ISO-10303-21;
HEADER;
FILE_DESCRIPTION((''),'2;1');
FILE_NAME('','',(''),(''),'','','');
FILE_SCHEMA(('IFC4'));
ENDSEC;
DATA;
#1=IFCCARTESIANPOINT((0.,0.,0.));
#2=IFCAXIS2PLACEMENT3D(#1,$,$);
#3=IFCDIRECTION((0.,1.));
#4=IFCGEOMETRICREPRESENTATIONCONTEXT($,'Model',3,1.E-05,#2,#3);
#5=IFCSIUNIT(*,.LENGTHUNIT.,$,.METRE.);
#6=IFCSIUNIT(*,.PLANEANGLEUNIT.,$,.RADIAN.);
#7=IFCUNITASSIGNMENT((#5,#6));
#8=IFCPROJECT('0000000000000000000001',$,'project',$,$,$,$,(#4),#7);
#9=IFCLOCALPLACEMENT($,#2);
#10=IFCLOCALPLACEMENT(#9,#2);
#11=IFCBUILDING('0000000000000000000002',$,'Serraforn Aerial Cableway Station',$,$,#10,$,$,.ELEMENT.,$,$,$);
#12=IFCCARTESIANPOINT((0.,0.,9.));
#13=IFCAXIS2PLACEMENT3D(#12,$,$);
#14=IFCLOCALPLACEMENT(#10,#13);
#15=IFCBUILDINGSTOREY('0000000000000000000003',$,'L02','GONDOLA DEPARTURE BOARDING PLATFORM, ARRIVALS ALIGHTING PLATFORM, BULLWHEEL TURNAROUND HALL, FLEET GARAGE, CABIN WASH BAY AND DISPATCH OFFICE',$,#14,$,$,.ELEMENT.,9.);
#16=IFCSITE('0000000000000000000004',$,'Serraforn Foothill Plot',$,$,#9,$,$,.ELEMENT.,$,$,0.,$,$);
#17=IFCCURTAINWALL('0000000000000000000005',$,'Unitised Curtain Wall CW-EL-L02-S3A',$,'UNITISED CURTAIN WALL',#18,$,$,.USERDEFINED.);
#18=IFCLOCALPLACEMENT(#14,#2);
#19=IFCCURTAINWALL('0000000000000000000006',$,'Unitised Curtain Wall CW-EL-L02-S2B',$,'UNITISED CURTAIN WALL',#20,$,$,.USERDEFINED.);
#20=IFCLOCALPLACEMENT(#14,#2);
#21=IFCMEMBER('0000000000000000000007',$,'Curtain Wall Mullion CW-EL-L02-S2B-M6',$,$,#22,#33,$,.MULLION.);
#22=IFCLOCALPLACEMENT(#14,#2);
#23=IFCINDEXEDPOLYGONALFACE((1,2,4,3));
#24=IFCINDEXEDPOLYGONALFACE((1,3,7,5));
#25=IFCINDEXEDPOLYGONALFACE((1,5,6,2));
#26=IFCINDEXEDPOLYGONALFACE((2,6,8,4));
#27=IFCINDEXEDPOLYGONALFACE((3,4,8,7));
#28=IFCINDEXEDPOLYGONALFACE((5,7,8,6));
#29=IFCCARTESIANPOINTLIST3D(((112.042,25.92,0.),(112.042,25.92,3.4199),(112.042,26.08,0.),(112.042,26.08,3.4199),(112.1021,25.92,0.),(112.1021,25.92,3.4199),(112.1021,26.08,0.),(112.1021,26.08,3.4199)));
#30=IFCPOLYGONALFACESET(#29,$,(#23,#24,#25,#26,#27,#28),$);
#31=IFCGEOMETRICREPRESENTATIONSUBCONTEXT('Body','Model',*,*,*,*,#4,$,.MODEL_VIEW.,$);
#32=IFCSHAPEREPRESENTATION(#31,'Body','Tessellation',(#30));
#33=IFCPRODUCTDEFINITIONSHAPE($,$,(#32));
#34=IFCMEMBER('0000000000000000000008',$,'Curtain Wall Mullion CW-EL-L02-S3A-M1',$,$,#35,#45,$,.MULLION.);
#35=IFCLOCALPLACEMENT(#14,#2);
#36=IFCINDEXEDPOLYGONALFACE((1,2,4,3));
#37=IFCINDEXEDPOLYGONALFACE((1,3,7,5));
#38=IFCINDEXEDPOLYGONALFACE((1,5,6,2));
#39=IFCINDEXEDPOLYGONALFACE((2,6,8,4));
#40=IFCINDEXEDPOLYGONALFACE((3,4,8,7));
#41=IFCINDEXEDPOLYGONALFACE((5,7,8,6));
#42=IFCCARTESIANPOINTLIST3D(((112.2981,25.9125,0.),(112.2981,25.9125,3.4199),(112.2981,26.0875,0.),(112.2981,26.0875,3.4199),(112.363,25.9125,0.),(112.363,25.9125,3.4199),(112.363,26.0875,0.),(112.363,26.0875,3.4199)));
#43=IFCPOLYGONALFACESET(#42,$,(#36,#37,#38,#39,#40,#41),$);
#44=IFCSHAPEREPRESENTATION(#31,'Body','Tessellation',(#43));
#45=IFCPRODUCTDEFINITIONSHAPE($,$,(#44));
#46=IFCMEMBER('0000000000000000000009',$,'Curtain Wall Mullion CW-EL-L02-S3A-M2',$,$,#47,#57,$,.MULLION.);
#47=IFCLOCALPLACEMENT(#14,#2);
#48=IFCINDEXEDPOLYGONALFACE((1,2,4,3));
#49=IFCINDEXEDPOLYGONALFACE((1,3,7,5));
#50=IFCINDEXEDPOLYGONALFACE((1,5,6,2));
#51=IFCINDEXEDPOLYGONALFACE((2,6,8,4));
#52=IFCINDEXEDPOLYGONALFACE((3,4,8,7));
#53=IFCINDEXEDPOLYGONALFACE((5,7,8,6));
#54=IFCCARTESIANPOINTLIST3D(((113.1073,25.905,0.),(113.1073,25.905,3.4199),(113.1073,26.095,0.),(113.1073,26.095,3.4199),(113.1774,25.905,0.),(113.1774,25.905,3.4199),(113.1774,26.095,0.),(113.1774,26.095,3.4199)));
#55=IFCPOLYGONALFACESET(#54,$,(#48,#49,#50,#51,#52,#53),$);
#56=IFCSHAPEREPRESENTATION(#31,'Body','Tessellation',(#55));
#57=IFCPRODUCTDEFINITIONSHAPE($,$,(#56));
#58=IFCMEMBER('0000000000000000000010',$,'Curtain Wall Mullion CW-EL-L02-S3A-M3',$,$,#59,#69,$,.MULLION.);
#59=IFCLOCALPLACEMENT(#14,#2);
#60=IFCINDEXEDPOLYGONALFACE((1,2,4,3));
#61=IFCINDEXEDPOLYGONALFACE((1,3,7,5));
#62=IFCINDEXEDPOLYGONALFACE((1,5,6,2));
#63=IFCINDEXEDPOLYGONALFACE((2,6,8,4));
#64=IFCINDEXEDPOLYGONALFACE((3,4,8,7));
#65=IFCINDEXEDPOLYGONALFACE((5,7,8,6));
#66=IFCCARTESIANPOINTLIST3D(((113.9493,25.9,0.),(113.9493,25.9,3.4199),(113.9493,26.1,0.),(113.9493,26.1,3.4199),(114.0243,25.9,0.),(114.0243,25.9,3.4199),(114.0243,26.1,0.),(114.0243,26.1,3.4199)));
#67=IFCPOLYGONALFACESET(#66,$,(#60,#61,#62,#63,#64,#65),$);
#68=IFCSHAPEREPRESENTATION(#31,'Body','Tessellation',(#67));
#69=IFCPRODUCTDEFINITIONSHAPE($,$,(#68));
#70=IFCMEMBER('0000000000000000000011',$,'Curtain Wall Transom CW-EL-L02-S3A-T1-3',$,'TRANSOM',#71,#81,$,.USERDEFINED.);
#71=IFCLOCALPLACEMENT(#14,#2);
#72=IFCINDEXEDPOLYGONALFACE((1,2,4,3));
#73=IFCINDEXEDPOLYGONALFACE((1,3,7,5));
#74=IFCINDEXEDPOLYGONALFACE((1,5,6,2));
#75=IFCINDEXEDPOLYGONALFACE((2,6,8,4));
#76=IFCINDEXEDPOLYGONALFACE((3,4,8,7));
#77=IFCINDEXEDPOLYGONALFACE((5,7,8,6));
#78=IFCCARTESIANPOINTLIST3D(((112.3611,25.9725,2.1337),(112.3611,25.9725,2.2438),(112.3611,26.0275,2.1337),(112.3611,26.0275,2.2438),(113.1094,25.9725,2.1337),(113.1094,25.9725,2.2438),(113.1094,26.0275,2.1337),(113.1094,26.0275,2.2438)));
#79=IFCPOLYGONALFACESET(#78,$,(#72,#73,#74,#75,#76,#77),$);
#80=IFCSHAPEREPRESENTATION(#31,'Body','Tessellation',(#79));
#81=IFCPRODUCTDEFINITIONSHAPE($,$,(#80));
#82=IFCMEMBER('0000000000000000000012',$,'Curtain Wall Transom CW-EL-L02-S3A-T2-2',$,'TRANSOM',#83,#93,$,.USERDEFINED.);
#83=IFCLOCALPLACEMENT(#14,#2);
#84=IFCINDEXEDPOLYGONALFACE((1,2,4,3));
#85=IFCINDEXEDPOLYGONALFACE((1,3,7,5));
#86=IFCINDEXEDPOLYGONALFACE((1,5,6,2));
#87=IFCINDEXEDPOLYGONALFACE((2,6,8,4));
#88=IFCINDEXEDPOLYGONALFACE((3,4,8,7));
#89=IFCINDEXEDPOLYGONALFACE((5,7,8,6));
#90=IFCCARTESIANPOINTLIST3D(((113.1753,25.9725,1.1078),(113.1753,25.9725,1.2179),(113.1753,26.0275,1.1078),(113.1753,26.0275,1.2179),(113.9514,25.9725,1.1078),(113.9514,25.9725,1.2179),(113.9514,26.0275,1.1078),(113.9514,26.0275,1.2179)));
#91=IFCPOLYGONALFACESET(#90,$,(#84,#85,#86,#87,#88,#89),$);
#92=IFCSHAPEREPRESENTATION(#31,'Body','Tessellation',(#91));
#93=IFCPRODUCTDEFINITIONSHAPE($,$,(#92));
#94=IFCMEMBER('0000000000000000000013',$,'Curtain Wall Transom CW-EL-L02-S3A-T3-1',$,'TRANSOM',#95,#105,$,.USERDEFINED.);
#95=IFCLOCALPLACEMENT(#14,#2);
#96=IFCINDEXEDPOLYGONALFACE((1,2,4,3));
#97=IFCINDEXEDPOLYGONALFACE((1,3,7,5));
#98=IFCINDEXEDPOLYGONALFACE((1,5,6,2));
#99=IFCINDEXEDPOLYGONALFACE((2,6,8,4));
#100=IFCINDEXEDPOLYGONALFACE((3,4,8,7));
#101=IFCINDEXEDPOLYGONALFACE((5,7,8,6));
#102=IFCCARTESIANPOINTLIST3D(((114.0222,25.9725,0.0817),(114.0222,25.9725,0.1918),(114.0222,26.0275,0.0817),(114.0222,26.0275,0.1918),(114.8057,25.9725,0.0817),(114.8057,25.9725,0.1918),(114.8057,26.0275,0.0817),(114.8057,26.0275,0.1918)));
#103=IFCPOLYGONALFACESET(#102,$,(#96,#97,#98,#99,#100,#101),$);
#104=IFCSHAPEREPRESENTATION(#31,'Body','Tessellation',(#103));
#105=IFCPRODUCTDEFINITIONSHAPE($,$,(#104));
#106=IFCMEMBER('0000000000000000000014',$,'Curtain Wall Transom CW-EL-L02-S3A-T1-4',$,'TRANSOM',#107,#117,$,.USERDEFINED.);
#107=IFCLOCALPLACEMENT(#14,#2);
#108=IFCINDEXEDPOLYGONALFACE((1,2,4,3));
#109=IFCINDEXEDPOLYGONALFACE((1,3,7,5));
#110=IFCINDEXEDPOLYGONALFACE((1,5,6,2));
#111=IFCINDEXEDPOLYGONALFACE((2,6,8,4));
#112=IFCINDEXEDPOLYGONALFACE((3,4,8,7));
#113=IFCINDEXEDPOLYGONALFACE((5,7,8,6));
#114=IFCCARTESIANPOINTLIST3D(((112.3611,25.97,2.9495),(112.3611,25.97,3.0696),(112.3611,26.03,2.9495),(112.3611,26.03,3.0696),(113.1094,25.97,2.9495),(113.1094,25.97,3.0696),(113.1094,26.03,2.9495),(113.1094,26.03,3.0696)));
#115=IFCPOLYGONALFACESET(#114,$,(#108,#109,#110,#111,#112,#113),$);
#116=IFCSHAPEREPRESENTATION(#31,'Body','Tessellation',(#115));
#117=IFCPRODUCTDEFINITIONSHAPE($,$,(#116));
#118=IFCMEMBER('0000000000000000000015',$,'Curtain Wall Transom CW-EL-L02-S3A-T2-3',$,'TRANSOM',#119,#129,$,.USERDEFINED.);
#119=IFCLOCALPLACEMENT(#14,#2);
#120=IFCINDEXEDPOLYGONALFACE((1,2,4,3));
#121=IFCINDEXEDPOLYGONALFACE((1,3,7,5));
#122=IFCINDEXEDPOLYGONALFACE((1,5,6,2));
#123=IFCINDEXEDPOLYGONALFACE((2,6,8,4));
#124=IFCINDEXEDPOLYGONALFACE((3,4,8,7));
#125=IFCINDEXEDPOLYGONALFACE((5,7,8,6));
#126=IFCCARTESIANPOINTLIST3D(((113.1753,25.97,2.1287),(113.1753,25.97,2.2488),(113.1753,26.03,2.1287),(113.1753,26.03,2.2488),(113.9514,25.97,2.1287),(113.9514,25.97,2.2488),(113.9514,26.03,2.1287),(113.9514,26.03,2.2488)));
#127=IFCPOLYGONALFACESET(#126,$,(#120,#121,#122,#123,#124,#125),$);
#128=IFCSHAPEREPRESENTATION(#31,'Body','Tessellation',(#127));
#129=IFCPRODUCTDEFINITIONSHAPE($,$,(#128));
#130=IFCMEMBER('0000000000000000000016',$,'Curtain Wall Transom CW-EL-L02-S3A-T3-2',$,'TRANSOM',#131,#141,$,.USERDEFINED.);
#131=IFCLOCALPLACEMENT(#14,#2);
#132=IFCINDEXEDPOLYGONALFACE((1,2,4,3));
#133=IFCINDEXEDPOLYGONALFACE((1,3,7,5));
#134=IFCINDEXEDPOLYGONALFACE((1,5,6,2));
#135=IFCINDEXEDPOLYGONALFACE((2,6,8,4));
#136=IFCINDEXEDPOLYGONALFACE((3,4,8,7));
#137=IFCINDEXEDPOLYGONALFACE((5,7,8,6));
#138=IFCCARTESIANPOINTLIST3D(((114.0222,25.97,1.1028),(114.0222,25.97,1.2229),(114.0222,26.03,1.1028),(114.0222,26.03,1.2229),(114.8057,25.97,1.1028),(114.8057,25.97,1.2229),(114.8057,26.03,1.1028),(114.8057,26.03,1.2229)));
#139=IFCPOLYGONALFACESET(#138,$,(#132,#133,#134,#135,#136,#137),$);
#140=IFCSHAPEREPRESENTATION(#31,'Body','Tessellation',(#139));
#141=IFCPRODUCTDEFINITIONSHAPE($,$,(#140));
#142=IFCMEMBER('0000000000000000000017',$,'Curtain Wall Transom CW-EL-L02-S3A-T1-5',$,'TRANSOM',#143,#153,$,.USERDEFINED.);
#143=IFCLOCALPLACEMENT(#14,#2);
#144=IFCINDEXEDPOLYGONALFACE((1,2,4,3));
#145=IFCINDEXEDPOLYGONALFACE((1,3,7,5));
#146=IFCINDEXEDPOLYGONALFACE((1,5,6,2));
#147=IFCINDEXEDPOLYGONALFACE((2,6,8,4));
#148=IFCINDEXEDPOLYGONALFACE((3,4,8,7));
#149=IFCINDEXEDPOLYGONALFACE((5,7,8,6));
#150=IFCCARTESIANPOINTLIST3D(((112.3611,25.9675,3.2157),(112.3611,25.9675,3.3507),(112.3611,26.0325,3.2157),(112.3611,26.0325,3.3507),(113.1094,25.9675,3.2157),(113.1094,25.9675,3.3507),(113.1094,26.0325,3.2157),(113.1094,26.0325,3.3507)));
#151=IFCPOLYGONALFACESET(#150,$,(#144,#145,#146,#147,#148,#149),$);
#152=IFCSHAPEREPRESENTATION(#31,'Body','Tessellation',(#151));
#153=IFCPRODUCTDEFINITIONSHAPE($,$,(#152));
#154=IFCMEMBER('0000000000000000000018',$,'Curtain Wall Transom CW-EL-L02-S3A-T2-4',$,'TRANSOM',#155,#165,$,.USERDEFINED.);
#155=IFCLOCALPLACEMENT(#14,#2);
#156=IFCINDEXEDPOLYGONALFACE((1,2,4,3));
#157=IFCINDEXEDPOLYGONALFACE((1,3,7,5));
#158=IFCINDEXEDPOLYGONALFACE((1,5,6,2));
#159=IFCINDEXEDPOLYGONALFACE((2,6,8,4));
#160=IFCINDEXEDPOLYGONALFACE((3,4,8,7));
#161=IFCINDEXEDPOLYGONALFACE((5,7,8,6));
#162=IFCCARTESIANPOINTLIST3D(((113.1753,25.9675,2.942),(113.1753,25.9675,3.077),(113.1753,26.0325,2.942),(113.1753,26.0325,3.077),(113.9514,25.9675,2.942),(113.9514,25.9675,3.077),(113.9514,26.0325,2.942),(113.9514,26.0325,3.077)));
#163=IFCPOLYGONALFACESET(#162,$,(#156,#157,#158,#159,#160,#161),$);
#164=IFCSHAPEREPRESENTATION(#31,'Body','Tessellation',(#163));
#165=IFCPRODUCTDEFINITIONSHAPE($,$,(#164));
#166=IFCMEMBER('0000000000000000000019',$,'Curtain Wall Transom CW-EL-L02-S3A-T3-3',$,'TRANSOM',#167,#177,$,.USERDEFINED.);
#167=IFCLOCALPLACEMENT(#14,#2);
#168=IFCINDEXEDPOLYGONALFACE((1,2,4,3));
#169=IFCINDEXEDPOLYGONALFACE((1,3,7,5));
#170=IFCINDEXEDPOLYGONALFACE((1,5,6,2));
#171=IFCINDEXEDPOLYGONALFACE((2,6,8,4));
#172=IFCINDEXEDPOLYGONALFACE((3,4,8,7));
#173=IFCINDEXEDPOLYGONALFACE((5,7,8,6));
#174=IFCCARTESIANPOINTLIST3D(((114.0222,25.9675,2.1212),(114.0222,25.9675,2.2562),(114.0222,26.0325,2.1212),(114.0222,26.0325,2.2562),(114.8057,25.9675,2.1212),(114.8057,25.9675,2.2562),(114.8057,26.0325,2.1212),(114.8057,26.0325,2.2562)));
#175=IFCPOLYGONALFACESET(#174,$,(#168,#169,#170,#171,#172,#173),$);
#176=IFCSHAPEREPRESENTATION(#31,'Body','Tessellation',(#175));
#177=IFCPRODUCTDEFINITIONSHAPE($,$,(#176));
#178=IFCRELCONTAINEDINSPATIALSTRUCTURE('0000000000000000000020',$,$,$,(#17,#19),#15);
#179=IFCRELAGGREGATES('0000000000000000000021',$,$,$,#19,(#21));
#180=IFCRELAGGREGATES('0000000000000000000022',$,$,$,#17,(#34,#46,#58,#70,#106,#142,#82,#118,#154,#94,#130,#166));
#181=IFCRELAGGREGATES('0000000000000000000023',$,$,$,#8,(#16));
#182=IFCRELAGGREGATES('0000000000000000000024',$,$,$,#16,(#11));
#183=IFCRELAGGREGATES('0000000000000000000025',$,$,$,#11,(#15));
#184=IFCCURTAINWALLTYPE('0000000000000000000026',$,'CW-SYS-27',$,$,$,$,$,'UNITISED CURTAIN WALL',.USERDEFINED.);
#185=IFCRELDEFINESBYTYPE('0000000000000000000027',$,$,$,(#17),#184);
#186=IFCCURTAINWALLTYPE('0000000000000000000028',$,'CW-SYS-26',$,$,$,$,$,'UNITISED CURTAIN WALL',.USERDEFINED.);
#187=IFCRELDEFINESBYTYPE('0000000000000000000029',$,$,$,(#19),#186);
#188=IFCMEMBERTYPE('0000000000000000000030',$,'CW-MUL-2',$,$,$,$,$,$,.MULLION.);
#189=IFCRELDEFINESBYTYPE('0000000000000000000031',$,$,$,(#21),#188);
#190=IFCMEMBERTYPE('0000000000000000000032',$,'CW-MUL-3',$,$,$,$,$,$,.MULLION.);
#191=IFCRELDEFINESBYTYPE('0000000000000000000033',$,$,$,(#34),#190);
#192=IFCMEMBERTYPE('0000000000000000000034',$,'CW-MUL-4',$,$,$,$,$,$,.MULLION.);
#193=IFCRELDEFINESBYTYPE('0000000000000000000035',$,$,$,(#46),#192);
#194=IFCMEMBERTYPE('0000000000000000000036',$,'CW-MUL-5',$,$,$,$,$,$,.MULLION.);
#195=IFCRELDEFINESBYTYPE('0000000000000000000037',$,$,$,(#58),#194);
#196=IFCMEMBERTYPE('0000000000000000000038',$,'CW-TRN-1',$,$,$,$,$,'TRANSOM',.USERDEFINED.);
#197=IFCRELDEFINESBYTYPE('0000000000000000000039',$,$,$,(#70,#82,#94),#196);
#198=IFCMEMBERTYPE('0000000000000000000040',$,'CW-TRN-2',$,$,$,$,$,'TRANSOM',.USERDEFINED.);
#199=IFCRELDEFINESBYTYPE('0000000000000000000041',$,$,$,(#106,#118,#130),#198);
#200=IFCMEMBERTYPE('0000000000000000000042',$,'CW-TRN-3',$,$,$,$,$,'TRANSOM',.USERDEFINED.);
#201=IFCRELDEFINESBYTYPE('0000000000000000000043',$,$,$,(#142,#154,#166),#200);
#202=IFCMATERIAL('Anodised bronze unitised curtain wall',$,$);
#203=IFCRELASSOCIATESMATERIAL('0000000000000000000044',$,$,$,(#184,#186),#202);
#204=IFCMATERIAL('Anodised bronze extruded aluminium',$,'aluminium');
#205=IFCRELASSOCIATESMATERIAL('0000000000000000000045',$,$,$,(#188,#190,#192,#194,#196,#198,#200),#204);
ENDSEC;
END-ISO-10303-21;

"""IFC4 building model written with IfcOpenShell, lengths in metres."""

from ifc_helpers import new_model, si_unit, direction, frame, origin, origin_2d, place, context, subcontext, project, spatial, rectangle, extrude, material, material_profile, profile_set, type_object, element, aggregate, save


model = new_model("IFC4")

# Units and contexts
model_context = context("Model", 3, precision=1e-05, world=origin(), true_north=direction((0.0, 1.0)))
body_context = subcontext(model_context, "Body", "Model", "MODEL_VIEW")
ifc_project = project(units=[si_unit("LENGTHUNIT", "METRE"), si_unit("PLANEANGLEUNIT", "RADIAN")], contexts=[model_context])

# Site, building, storey
site_placement = place(None, origin())
site = spatial("IfcSite", under=ifc_project, at=site_placement, Name="Serraforn Foothill Plot", CompositionType="ELEMENT", RefElevation=0.0)
building_placement = place(site_placement, origin())
building = spatial("IfcBuilding", under=site, at=building_placement, Name="Serraforn Aerial Cableway Station", CompositionType="ELEMENT")
storey_placement = place(building_placement, frame((0.0, 0.0, 9.0)))
storey = spatial("IfcBuildingStorey", under=building, at=storey_placement, Name="L02", Description="GONDOLA DEPARTURE BOARDING PLATFORM, ARRIVALS ALIGHTING PLATFORM, BULLWHEEL TURNAROUND HALL, FLEET GARAGE, CABIN WASH BAY AND DISPATCH OFFICE", CompositionType="ELEMENT", Elevation=9.0)

# Curtain walls, member
ifc_material_1 = material(Name="Anodised bronze unitised curtain wall")
curtain_wall_type_1 = type_object("IfcCurtainWallType", Name="CW-SYS-27", ElementType="UNITISED CURTAIN WALL", PredefinedType="USERDEFINED", material=ifc_material_1)
curtain_wall_1_placement = place(storey_placement, origin())
curtain_wall_1 = element("IfcCurtainWall", 1, at=curtain_wall_1_placement, inside=storey, type_object=curtain_wall_type_1, Name="Unitised Curtain Wall CW-EL-L02-S3A", ObjectType="UNITISED CURTAIN WALL", PredefinedType="USERDEFINED")
ifc_material_2 = material(Name="Anodised bronze extruded aluminium", Category="aluminium")
curtain_wall_type_2 = type_object("IfcCurtainWallType", Name="CW-SYS-26", ElementType="UNITISED CURTAIN WALL", PredefinedType="USERDEFINED", material=ifc_material_1)
curtain_wall_2_placement = place(storey_placement, origin())
curtain_wall_2 = element("IfcCurtainWall", 2, at=curtain_wall_2_placement, inside=storey, type_object=curtain_wall_type_2, Name="Unitised Curtain Wall CW-EL-L02-S2B", ObjectType="UNITISED CURTAIN WALL", PredefinedType="USERDEFINED")
ifc_material_profile_1 = material_profile(ifc_material_2, rectangle(XDim=0.0601, YDim=0.1599, at=origin_2d()), Name="CW MULLION 60x160")
ifc_profile_set_1 = profile_set([ifc_material_profile_1], Name="Anodised bronze extruded aluminium")
member_type_1 = type_object("IfcMemberType", Name="CW-MUL-2", PredefinedType="MULLION", material=ifc_profile_set_1)
member_1_placement = place(storey_placement, frame((112.072, 26.0, 0.0), z_axis=(0.0, 0.0, 1.0), x_axis=(1.0, 0.0, 0.0)))
member_1 = element("IfcMember", 3, at=member_1_placement, type_object=member_type_1, Name="Curtain Wall Mullion CW-EL-L02-S2B-M6", PredefinedType="MULLION", context=body_context, shape_type="SweptSolid", body=[
    extrude(rectangle(XDim=0.0601, YDim=0.1599, at=origin_2d()), origin(), (0.0, 0.0, 1.0), 3.4199),
])

# Members
ifc_material_profile_2 = material_profile(ifc_material_2, rectangle(XDim=0.0649, YDim=0.175, at=origin_2d()), Name="CW MULLION 65x175")
ifc_profile_set_2 = profile_set([ifc_material_profile_2], Name="Anodised bronze extruded aluminium")
member_type_2 = type_object("IfcMemberType", Name="CW-MUL-3", PredefinedType="MULLION", material=ifc_profile_set_2)
member_2_placement = place(storey_placement, frame((112.3306, 26.0, 0.0), z_axis=(0.0, 0.0, 1.0), x_axis=(1.0, 0.0, 0.0)))
member_2 = element("IfcMember", 4, at=member_2_placement, type_object=member_type_2, Name="Curtain Wall Mullion CW-EL-L02-S3A-M1", PredefinedType="MULLION", context=body_context, shape_type="SweptSolid", body=[
    extrude(rectangle(XDim=0.0649, YDim=0.175, at=origin_2d()), origin(), (0.0, 0.0, 1.0), 3.4199),
])
ifc_material_profile_3 = material_profile(ifc_material_2, rectangle(XDim=0.0701, YDim=0.1899, at=origin_2d()), Name="CW MULLION 70x190")
ifc_profile_set_3 = profile_set([ifc_material_profile_3], Name="Anodised bronze extruded aluminium")
member_type_3 = type_object("IfcMemberType", Name="CW-MUL-4", PredefinedType="MULLION", material=ifc_profile_set_3)
member_3_placement = place(storey_placement, frame((113.1423, 26.0, 0.0), z_axis=(0.0, 0.0, 1.0), x_axis=(1.0, 0.0, 0.0)))
member_3 = element("IfcMember", 5, at=member_3_placement, type_object=member_type_3, Name="Curtain Wall Mullion CW-EL-L02-S3A-M2", PredefinedType="MULLION", context=body_context, shape_type="SweptSolid", body=[
    extrude(rectangle(XDim=0.0701, YDim=0.1899, at=origin_2d()), origin(), (0.0, 0.0, 1.0), 3.4199),
])
ifc_material_profile_4 = material_profile(ifc_material_2, rectangle(XDim=0.075, YDim=0.2, at=origin_2d()), Name="CW MULLION 75x200")
ifc_profile_set_4 = profile_set([ifc_material_profile_4], Name="Anodised bronze extruded aluminium")
member_type_4 = type_object("IfcMemberType", Name="CW-MUL-5", PredefinedType="MULLION", material=ifc_profile_set_4)
member_4_placement = place(storey_placement, frame((113.9868, 26.0, 0.0), z_axis=(0.0, 0.0, 1.0), x_axis=(1.0, 0.0, 0.0)))
member_4 = element("IfcMember", 6, at=member_4_placement, type_object=member_type_4, Name="Curtain Wall Mullion CW-EL-L02-S3A-M3", PredefinedType="MULLION", context=body_context, shape_type="SweptSolid", body=[
    extrude(rectangle(XDim=0.075, YDim=0.2, at=origin_2d()), origin(), (0.0, 0.0, 1.0), 3.4199),
])
ifc_material_profile_5 = material_profile(ifc_material_2, rectangle(XDim=0.0549, YDim=0.1101, at=origin_2d()), Name="CW TRANSOM 55x110")
ifc_profile_set_5 = profile_set([ifc_material_profile_5], Name="Anodised bronze extruded aluminium")
member_type_5 = type_object("IfcMemberType", Name="CW-TRN-1", ElementType="TRANSOM", PredefinedType="USERDEFINED", material=ifc_profile_set_5)
member_5_placement = place(storey_placement, frame((112.3611, 26.0, 2.1887), z_axis=(1.0, 0.0, 0.0), x_axis=(0.0, 1.0, 0.0)))
member_5 = element("IfcMember", 7, at=member_5_placement, type_object=member_type_5, Name="Curtain Wall Transom CW-EL-L02-S3A-T1-3", ObjectType="TRANSOM", PredefinedType="USERDEFINED", context=body_context, shape_type="SweptSolid", body=[
    extrude(rectangle(XDim=0.0549, YDim=0.1101, at=origin_2d()), origin(), (0.0, 0.0, 1.0), 0.7483),
])
member_6_placement = place(storey_placement, frame((113.1753, 26.0, 1.1628), z_axis=(1.0, 0.0, 0.0), x_axis=(0.0, 1.0, 0.0)))
member_6 = element("IfcMember", 8, at=member_6_placement, type_object=member_type_5, Name="Curtain Wall Transom CW-EL-L02-S3A-T2-2", ObjectType="TRANSOM", PredefinedType="USERDEFINED", context=body_context, shape_type="SweptSolid", body=[
    extrude(rectangle(XDim=0.0549, YDim=0.1101, at=origin_2d()), origin(), (0.0, 0.0, 1.0), 0.7761),
])
member_7_placement = place(storey_placement, frame((114.0222, 26.0, 0.1367), z_axis=(1.0, 0.0, 0.0), x_axis=(0.0, 1.0, 0.0)))
member_7 = element("IfcMember", 9, at=member_7_placement, type_object=member_type_5, Name="Curtain Wall Transom CW-EL-L02-S3A-T3-1", ObjectType="TRANSOM", PredefinedType="USERDEFINED", context=body_context, shape_type="SweptSolid", body=[
    extrude(rectangle(XDim=0.0549, YDim=0.1101, at=origin_2d()), origin(), (0.0, 0.0, 1.0), 0.7834),
])
ifc_material_profile_6 = material_profile(ifc_material_2, rectangle(XDim=0.0601, YDim=0.1201, at=origin_2d()), Name="CW TRANSOM 60x120")
ifc_profile_set_6 = profile_set([ifc_material_profile_6], Name="Anodised bronze extruded aluminium")
member_type_6 = type_object("IfcMemberType", Name="CW-TRN-2", ElementType="TRANSOM", PredefinedType="USERDEFINED", material=ifc_profile_set_6)
member_8_placement = place(storey_placement, frame((112.3611, 26.0, 3.0095), z_axis=(1.0, 0.0, 0.0), x_axis=(0.0, 1.0, 0.0)))
member_8 = element("IfcMember", 10, at=member_8_placement, type_object=member_type_6, Name="Curtain Wall Transom CW-EL-L02-S3A-T1-4", ObjectType="TRANSOM", PredefinedType="USERDEFINED", context=body_context, shape_type="SweptSolid", body=[
    extrude(rectangle(XDim=0.0601, YDim=0.1201, at=origin_2d()), origin(), (0.0, 0.0, 1.0), 0.7483),
])
member_9_placement = place(storey_placement, frame((113.1753, 26.0, 2.1887), z_axis=(1.0, 0.0, 0.0), x_axis=(0.0, 1.0, 0.0)))
member_9 = element("IfcMember", 11, at=member_9_placement, type_object=member_type_6, Name="Curtain Wall Transom CW-EL-L02-S3A-T2-3", ObjectType="TRANSOM", PredefinedType="USERDEFINED", context=body_context, shape_type="SweptSolid", body=[
    extrude(rectangle(XDim=0.0601, YDim=0.1201, at=origin_2d()), origin(), (0.0, 0.0, 1.0), 0.7761),
])
member_10_placement = place(storey_placement, frame((114.0222, 26.0, 1.1628), z_axis=(1.0, 0.0, 0.0), x_axis=(0.0, 1.0, 0.0)))
member_10 = element("IfcMember", 12, at=member_10_placement, type_object=member_type_6, Name="Curtain Wall Transom CW-EL-L02-S3A-T3-2", ObjectType="TRANSOM", PredefinedType="USERDEFINED", context=body_context, shape_type="SweptSolid", body=[
    extrude(rectangle(XDim=0.0601, YDim=0.1201, at=origin_2d()), origin(), (0.0, 0.0, 1.0), 0.7834),
])
ifc_material_profile_7 = material_profile(ifc_material_2, rectangle(XDim=0.0649, YDim=0.135, at=origin_2d()), Name="CW TRANSOM 65x135")
ifc_profile_set_7 = profile_set([ifc_material_profile_7], Name="Anodised bronze extruded aluminium")
member_type_7 = type_object("IfcMemberType", Name="CW-TRN-3", ElementType="TRANSOM", PredefinedType="USERDEFINED", material=ifc_profile_set_7)
member_11_placement = place(storey_placement, frame((112.3611, 26.0, 3.2832), z_axis=(1.0, 0.0, 0.0), x_axis=(0.0, 1.0, 0.0)))
member_11 = element("IfcMember", 13, at=member_11_placement, type_object=member_type_7, Name="Curtain Wall Transom CW-EL-L02-S3A-T1-5", ObjectType="TRANSOM", PredefinedType="USERDEFINED", context=body_context, shape_type="SweptSolid", body=[
    extrude(rectangle(XDim=0.0649, YDim=0.135, at=origin_2d()), origin(), (0.0, 0.0, 1.0), 0.7483),
])
member_12_placement = place(storey_placement, frame((113.1753, 26.0, 3.0095), z_axis=(1.0, 0.0, 0.0), x_axis=(0.0, 1.0, 0.0)))
member_12 = element("IfcMember", 14, at=member_12_placement, type_object=member_type_7, Name="Curtain Wall Transom CW-EL-L02-S3A-T2-4", ObjectType="TRANSOM", PredefinedType="USERDEFINED", context=body_context, shape_type="SweptSolid", body=[
    extrude(rectangle(XDim=0.0649, YDim=0.135, at=origin_2d()), origin(), (0.0, 0.0, 1.0), 0.7761),
])
member_13_placement = place(storey_placement, frame((114.0222, 26.0, 2.1887), z_axis=(1.0, 0.0, 0.0), x_axis=(0.0, 1.0, 0.0)))
member_13 = element("IfcMember", 15, at=member_13_placement, type_object=member_type_7, Name="Curtain Wall Transom CW-EL-L02-S3A-T3-3", ObjectType="TRANSOM", PredefinedType="USERDEFINED", context=body_context, shape_type="SweptSolid", body=[
    extrude(rectangle(XDim=0.0649, YDim=0.135, at=origin_2d()), origin(), (0.0, 0.0, 1.0), 0.7834),
])

aggregate(curtain_wall_2, [member_1])
aggregate(curtain_wall_1, [member_2, member_3, member_4, member_5, member_8, member_11, member_6, member_9, member_12, member_7, member_10, member_13])

save(model, "model.ifc")
